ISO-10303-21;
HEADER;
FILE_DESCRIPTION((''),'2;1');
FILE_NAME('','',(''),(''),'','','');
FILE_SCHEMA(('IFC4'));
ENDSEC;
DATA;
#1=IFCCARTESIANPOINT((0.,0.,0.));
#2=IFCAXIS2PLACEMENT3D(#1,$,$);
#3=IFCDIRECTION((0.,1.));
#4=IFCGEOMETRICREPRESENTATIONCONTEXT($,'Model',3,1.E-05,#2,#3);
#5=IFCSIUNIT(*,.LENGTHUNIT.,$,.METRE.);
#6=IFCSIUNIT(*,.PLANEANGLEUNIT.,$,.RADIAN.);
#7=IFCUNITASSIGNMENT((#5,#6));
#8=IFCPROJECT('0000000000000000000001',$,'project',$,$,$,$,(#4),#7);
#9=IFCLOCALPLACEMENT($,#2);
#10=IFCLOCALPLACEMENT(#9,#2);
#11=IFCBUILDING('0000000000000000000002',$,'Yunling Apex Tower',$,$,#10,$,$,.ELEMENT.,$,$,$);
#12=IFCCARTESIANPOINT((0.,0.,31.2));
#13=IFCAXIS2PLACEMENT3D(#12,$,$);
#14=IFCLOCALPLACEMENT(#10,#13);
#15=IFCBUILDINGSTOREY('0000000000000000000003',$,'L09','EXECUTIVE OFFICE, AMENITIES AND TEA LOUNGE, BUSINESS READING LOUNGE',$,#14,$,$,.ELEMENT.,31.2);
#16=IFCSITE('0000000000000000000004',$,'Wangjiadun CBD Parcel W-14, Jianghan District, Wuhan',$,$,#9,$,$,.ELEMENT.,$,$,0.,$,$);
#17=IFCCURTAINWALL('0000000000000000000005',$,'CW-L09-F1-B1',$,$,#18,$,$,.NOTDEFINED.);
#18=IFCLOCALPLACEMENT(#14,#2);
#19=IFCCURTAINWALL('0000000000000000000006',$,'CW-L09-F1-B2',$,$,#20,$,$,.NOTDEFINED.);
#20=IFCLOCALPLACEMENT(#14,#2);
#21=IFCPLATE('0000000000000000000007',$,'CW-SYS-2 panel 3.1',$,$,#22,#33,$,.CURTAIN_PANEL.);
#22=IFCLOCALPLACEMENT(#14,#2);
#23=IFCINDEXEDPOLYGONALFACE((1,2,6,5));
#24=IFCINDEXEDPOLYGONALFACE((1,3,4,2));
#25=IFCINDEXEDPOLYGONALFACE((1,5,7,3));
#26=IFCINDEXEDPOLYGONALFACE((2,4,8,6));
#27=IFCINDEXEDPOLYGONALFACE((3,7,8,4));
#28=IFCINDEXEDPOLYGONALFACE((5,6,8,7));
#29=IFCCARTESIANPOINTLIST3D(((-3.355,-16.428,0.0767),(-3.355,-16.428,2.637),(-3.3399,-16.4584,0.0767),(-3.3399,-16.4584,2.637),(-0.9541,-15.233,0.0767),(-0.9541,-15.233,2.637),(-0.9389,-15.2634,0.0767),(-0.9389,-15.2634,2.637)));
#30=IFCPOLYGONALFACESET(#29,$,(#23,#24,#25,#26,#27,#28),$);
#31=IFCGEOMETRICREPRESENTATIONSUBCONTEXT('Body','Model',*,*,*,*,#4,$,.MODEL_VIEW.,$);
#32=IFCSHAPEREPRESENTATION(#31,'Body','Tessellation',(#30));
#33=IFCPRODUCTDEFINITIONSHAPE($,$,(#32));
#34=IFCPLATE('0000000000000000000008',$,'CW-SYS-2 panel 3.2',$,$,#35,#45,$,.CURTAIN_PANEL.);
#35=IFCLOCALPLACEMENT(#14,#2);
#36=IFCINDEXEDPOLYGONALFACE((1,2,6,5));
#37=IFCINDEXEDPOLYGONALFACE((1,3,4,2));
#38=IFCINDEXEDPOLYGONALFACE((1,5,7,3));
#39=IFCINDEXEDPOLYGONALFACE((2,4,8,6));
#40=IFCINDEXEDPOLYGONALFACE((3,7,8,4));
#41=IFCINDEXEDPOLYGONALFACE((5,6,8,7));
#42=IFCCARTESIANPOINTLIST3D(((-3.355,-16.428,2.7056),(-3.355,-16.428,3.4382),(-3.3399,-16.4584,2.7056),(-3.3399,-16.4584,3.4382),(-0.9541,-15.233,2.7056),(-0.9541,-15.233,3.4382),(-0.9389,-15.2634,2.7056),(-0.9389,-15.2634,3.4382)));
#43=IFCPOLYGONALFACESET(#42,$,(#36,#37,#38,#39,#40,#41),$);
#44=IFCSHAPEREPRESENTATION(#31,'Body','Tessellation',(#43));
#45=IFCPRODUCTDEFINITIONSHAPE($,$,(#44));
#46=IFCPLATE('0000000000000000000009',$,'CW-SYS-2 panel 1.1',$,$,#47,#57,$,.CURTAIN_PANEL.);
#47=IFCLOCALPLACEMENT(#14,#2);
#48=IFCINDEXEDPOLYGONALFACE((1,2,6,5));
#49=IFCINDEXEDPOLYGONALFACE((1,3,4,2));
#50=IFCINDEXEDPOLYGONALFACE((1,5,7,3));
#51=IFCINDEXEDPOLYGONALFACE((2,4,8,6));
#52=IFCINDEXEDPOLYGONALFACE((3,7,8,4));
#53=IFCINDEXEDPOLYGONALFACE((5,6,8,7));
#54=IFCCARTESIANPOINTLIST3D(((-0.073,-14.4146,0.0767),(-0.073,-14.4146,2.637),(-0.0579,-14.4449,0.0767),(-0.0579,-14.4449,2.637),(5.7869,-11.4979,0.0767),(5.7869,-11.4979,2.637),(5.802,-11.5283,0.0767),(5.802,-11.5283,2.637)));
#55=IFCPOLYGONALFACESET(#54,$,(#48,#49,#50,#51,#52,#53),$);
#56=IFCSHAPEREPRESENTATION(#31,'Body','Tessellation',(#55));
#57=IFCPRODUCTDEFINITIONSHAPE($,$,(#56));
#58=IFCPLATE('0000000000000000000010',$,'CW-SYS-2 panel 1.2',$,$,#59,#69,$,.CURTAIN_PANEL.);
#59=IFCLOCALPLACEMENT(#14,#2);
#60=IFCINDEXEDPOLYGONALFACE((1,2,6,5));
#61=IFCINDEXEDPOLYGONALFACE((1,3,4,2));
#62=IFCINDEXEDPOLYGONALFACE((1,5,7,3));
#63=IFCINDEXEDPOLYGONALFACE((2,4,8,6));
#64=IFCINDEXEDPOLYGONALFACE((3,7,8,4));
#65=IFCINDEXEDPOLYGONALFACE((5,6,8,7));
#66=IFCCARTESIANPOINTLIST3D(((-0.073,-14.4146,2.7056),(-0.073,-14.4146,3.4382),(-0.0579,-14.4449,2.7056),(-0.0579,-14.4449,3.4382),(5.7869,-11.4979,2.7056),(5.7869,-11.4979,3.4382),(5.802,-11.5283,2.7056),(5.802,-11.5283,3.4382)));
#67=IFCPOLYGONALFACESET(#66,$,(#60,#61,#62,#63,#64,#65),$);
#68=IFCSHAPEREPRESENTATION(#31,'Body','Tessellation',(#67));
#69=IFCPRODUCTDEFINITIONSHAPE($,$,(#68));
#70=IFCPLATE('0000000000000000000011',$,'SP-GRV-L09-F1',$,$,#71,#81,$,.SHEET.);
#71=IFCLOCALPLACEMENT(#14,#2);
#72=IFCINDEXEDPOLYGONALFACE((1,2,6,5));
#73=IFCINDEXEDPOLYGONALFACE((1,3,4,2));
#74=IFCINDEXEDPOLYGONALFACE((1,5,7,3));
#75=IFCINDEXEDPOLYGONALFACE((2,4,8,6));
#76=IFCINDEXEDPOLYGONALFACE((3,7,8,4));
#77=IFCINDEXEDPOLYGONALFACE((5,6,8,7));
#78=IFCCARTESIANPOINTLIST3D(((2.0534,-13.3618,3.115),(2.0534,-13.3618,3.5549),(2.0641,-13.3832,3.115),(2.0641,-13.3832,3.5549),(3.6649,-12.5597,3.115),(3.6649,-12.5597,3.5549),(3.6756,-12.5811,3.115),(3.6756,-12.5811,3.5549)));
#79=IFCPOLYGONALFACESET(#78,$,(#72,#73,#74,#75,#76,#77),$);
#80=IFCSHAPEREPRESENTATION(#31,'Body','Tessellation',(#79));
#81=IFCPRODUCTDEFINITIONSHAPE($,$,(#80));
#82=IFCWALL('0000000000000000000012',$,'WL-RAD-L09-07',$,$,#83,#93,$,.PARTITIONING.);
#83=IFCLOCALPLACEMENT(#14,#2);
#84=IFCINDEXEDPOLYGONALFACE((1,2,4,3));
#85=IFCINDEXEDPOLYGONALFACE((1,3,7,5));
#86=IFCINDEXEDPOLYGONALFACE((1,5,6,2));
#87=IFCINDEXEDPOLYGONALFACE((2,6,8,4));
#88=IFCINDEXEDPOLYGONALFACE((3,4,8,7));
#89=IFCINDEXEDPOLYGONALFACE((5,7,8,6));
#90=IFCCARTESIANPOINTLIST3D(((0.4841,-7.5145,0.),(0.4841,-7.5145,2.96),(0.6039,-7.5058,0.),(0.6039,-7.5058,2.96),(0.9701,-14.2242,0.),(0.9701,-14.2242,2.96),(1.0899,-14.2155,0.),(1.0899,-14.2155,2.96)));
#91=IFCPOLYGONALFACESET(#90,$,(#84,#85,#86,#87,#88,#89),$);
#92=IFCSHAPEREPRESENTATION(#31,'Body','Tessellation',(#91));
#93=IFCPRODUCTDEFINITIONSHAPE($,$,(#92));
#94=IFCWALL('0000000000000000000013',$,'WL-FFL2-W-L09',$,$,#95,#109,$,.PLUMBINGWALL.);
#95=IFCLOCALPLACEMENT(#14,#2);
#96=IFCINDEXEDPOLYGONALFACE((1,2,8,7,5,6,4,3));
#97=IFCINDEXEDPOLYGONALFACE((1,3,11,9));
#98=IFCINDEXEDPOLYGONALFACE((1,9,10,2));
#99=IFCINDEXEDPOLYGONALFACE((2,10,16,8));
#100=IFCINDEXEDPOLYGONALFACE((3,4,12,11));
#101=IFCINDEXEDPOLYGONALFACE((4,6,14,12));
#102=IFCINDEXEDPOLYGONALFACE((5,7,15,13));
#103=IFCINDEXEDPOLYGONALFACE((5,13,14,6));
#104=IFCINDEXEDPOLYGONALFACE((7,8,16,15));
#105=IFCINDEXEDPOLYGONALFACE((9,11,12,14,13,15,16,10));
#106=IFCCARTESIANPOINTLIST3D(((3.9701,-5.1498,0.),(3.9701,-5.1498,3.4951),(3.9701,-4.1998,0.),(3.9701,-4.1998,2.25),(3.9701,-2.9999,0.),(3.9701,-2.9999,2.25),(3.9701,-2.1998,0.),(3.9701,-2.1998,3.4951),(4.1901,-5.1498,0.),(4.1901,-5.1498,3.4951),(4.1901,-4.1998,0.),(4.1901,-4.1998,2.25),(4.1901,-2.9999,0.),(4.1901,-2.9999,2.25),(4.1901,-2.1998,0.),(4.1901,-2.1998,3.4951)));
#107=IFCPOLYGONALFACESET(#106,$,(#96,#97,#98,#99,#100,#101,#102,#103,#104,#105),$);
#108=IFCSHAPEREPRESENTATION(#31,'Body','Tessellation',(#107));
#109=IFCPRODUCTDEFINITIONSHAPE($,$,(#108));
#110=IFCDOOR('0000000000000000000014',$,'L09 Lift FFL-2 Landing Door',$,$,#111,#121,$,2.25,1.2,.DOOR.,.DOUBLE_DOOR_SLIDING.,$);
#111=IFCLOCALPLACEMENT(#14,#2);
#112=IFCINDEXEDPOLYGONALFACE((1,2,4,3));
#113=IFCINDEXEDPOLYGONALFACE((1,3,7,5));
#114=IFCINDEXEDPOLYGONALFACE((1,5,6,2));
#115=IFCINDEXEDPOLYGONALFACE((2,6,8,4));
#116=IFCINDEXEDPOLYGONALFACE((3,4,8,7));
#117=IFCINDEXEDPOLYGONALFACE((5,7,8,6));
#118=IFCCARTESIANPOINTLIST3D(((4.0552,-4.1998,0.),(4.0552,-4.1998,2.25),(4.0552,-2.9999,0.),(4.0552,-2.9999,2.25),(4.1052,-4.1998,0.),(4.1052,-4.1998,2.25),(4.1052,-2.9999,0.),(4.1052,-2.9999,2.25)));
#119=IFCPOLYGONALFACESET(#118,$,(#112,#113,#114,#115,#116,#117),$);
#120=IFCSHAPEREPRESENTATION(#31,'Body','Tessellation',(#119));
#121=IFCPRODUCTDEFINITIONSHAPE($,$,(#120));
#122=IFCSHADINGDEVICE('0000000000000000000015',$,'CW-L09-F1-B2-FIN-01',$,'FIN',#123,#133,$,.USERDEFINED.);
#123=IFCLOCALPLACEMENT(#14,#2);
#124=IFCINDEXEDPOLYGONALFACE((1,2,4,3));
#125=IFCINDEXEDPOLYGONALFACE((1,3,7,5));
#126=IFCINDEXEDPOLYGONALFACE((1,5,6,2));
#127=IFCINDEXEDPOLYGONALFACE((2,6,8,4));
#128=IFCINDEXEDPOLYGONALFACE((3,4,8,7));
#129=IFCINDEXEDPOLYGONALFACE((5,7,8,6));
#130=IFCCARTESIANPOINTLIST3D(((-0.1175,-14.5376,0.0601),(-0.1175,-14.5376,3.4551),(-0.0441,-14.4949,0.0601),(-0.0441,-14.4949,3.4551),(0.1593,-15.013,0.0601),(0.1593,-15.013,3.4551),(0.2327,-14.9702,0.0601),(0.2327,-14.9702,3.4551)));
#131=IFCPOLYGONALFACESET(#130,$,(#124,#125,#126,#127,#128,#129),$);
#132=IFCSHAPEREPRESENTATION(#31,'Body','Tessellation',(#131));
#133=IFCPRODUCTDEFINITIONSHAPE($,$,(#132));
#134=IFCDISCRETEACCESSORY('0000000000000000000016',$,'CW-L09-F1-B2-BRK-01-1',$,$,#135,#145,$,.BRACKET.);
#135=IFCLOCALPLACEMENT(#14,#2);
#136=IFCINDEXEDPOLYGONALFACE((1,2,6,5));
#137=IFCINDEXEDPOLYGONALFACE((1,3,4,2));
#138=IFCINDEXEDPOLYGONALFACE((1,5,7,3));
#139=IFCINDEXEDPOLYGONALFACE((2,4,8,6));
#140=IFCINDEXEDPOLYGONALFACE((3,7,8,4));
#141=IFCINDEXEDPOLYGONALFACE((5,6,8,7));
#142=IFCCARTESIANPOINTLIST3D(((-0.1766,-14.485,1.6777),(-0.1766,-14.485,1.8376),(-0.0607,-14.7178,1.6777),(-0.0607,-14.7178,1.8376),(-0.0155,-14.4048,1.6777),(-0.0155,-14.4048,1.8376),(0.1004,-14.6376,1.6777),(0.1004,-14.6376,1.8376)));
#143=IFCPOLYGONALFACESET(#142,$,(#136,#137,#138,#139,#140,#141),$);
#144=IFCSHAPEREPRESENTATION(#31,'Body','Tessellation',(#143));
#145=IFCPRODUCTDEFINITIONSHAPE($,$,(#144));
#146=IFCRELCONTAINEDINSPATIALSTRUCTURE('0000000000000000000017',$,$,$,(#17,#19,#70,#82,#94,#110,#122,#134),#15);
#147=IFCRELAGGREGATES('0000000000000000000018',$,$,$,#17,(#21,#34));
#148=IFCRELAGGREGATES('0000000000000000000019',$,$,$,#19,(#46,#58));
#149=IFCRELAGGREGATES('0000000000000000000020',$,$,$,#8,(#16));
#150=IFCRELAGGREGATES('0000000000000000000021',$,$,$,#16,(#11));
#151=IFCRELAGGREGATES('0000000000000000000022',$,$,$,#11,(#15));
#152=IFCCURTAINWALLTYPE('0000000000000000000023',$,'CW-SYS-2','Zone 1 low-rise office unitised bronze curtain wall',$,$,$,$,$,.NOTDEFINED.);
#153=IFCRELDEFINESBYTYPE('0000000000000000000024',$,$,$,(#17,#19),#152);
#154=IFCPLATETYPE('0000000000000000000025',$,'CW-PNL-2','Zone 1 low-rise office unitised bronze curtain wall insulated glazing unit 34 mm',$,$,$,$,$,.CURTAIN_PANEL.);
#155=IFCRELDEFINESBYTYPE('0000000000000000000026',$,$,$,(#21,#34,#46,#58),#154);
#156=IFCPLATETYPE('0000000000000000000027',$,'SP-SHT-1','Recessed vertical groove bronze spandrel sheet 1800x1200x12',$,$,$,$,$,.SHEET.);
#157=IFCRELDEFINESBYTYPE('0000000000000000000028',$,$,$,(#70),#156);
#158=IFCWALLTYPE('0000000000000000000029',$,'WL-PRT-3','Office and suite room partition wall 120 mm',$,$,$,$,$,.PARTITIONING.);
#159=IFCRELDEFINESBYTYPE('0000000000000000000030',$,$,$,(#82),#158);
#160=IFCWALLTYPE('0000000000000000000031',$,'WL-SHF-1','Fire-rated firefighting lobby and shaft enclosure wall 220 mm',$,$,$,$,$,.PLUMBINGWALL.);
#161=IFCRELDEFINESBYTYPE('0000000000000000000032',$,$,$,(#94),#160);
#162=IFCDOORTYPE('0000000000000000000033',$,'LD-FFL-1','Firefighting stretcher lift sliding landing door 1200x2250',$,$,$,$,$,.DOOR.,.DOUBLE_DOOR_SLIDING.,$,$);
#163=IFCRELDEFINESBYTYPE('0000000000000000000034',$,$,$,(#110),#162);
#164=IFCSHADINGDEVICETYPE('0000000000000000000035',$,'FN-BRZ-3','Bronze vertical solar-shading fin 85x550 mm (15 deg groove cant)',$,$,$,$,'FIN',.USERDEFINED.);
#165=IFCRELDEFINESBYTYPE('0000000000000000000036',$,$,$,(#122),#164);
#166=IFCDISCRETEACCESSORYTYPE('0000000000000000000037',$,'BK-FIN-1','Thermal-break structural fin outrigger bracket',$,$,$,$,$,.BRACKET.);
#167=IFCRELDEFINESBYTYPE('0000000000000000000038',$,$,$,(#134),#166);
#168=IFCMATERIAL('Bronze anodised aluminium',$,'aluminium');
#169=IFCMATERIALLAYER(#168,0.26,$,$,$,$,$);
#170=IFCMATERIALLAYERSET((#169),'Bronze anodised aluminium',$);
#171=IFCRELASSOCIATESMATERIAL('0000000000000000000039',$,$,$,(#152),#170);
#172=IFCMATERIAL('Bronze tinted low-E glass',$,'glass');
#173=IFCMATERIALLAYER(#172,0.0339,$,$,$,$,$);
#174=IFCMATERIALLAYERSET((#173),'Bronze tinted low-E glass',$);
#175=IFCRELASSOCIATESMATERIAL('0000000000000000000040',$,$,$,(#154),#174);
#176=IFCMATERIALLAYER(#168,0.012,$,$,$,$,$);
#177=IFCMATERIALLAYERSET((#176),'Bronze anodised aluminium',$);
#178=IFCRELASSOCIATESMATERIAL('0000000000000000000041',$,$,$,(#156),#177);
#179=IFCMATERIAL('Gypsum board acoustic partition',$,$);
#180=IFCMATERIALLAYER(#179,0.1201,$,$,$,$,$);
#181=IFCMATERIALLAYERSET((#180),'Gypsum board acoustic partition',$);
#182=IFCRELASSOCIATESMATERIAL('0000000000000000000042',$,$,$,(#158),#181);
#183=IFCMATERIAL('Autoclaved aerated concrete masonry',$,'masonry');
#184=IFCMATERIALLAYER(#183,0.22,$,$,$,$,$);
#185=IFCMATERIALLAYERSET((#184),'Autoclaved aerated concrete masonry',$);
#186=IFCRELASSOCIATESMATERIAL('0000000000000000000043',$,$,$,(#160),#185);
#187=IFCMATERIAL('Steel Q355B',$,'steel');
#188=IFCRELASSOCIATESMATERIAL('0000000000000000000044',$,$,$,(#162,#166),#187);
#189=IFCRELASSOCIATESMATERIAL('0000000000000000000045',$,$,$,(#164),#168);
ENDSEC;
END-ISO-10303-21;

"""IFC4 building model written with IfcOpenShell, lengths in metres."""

from ifc_helpers import new_model, si_unit, direction, frame, frame_2d, origin, origin_2d, place, context, subcontext, project, spatial, rectangle, extrude, source, transform, mapped, material, layer, layer_set, material_profile, profile_set, type_object, element, fill, aggregate, save


model = new_model("IFC4")

# Units and contexts
model_context = context("Model", 3, precision=1e-05, world=origin(), true_north=direction((0.0, 1.0)))
body_context = subcontext(model_context, "Body", "Model", "MODEL_VIEW")
ifc_project = project(units=[si_unit("LENGTHUNIT", "METRE"), si_unit("PLANEANGLEUNIT", "RADIAN")], contexts=[model_context])

# Site, building, storey
site_placement = place(None, origin())
site = spatial("IfcSite", under=ifc_project, at=site_placement, Name="Wangjiadun CBD Parcel W-14, Jianghan District, Wuhan", CompositionType="ELEMENT", RefElevation=0.0)
building_placement = place(site_placement, origin())
building = spatial("IfcBuilding", under=site, at=building_placement, Name="Yunling Apex Tower", CompositionType="ELEMENT")
storey_placement = place(building_placement, frame((0.0, 0.0, 31.2)))
storey = spatial("IfcBuildingStorey", under=building, at=storey_placement, Name="L09", Description="EXECUTIVE OFFICE, AMENITIES AND TEA LOUNGE, BUSINESS READING LOUNGE", CompositionType="ELEMENT", Elevation=31.2)

# Shared definitions
ifc_material_1 = material(Name="Steel Q355B", Category="steel")

# Curtain wall
ifc_material_2 = material(Name="Bronze anodised aluminium", Category="aluminium")
ifc_layer_1 = layer(ifc_material_2, 0.26)
ifc_layer_set_1 = layer_set([ifc_layer_1], Name="Bronze anodised aluminium")
curtain_wall_type = type_object("IfcCurtainWallType", Name="CW-SYS-2", Description="Zone 1 low-rise office unitised bronze curtain wall", PredefinedType="NOTDEFINED", material=ifc_layer_set_1)
curtain_wall_1_placement = place(storey_placement, origin())
curtain_wall_1 = element("IfcCurtainWall", 1, at=curtain_wall_1_placement, inside=storey, type_object=curtain_wall_type, Name="CW-L09-F1-B1", PredefinedType="NOTDEFINED")

# Curtain wall
curtain_wall_2_placement = place(storey_placement, origin())
curtain_wall_2 = element("IfcCurtainWall", 2, at=curtain_wall_2_placement, inside=storey, type_object=curtain_wall_type, Name="CW-L09-F1-B2", PredefinedType="NOTDEFINED")

# Plates
ifc_material_3 = material(Name="Bronze tinted low-E glass", Category="glass")
ifc_layer_2 = layer(ifc_material_3, 0.0339)
ifc_layer_set_2 = layer_set([ifc_layer_2], Name="Bronze tinted low-E glass")
plate_type_1 = type_object("IfcPlateType", Name="CW-PNL-2", Description="Zone 1 low-rise office unitised bronze curtain wall insulated glazing unit 34 mm", PredefinedType="CURTAIN_PANEL", material=ifc_layer_set_2)
shared_shape_1 = source(origin(), body_context, "Body", "SweptSolid", [
    extrude(rectangle(XDim=2.6819, YDim=0.0339, at=origin_2d()), origin(), (0.0, 0.0, 1.0), 2.5603),
])
plate_1_placement = place(storey_placement, frame((-2.147, -15.8457, 0.0767), z_axis=(0.0, 0.0, 1.0), x_axis=(0.895247, 0.445571, 0.0)))
plate_1 = element("IfcPlate", 3, at=plate_1_placement, type_object=plate_type_1, Name="CW-SYS-2 panel 3.1", PredefinedType="CURTAIN_PANEL", context=body_context, shape_type="MappedRepresentation", body=[
    mapped(shared_shape_1, transform((0.0, 0.0, 0.0), scale=1.0)),
])
shared_shape_2 = source(origin(), body_context, "Body", "SweptSolid", [
    extrude(rectangle(XDim=2.6819, YDim=0.0339, at=origin_2d()), origin(), (0.0, 0.0, 1.0), 0.7327),
])
plate_2_placement = place(storey_placement, frame((-2.147, -15.8457, 2.7056), z_axis=(0.0, 0.0, 1.0), x_axis=(0.895247, 0.445571, 0.0)))
plate_2 = element("IfcPlate", 4, at=plate_2_placement, type_object=plate_type_1, Name="CW-SYS-2 panel 3.2", PredefinedType="CURTAIN_PANEL", context=body_context, shape_type="MappedRepresentation", body=[
    mapped(shared_shape_2, transform((0.0, 0.0, 0.0), scale=1.0)),
])
aggregate(curtain_wall_1, [plate_1, plate_2])
shared_shape_3 = source(origin(), body_context, "Body", "SweptSolid", [
    extrude(rectangle(XDim=6.5457, YDim=0.0339, at=origin_2d()), origin(), (0.0, 0.0, 1.0), 2.5603),
])
plate_3_placement = place(storey_placement, frame((2.8645, -12.9714, 0.0767), z_axis=(0.0, 0.0, 1.0), x_axis=(0.895241, 0.445583, 0.0)))
plate_3 = element("IfcPlate", 5, at=plate_3_placement, type_object=plate_type_1, Name="CW-SYS-2 panel 1.1", PredefinedType="CURTAIN_PANEL", context=body_context, shape_type="MappedRepresentation", body=[
    mapped(shared_shape_3, transform((0.0, 0.0, 0.0), scale=1.0)),
])
shared_shape_4 = source(origin(), body_context, "Body", "SweptSolid", [
    extrude(rectangle(XDim=6.5457, YDim=0.0339, at=origin_2d()), origin(), (0.0, 0.0, 1.0), 0.7327),
])
plate_4_placement = place(storey_placement, frame((2.8645, -12.9714, 2.7056), z_axis=(0.0, 0.0, 1.0), x_axis=(0.895241, 0.445583, 0.0)))
plate_4 = element("IfcPlate", 6, at=plate_4_placement, type_object=plate_type_1, Name="CW-SYS-2 panel 1.2", PredefinedType="CURTAIN_PANEL", context=body_context, shape_type="MappedRepresentation", body=[
    mapped(shared_shape_4, transform((0.0, 0.0, 0.0), scale=1.0)),
])
aggregate(curtain_wall_2, [plate_3, plate_4])
ifc_layer_3 = layer(ifc_material_2, 0.012)
ifc_layer_set_3 = layer_set([ifc_layer_3], Name="Bronze anodised aluminium")
plate_type_2 = type_object("IfcPlateType", Name="SP-SHT-1", Description="Recessed vertical groove bronze spandrel sheet 1800x1200x12", PredefinedType="SHEET", material=ifc_layer_set_3)
shared_shape_5 = source(origin(), body_context, "Body", "SweptSolid", [
    extrude(rectangle(XDim=1.8, YDim=0.0239, at=origin_2d()), origin(), (0.0, 0.0, 1.0), 0.4399),
])
plate_5_placement = place(storey_placement, frame((2.8645, -12.9714, 3.115), z_axis=(0.0, 0.0, 1.0), x_axis=(0.895246, 0.445573, 0.0)))
element("IfcPlate", 7, at=plate_5_placement, inside=storey, type_object=plate_type_2, Name="SP-GRV-L09-F1", PredefinedType="SHEET", context=body_context, shape_type="MappedRepresentation", body=[
    mapped(shared_shape_5, transform((0.0, 0.0, 0.0), scale=1.0)),
])

# Wall
ifc_material_4 = material(Name="Gypsum board acoustic partition")
ifc_layer_4 = layer(ifc_material_4, 0.1201)
ifc_layer_set_4 = layer_set([ifc_layer_4], Name="Gypsum board acoustic partition")
wall_type_1 = type_object("IfcWallType", Name="WL-PRT-3", Description="Office and suite room partition wall 120 mm", PredefinedType="PARTITIONING", material=ifc_layer_set_4)
wall_1_placement = place(storey_placement, frame((0.5439, -7.51, 0.0), z_axis=(0.0, 0.0, 1.0), x_axis=(0.072255, -0.997386, 0.0)))
element("IfcWall", 8, at=wall_1_placement, inside=storey, type_object=wall_type_1, Name="WL-RAD-L09-07", PredefinedType="PARTITIONING", context=body_context, shape_type="SweptSolid", body=[
    extrude(rectangle(XDim=6.7273, YDim=0.1201, at=frame_2d((3.3638, 0.0))), origin(), (0.0, 0.0, 1.0), 2.96),
])

# Wall, opening, door
ifc_material_5 = material(Name="Autoclaved aerated concrete masonry", Category="masonry")
ifc_layer_5 = layer(ifc_material_5, 0.22)
ifc_layer_set_5 = layer_set([ifc_layer_5], Name="Autoclaved aerated concrete masonry")
wall_type_2 = type_object("IfcWallType", Name="WL-SHF-1", Description="Fire-rated firefighting lobby and shaft enclosure wall 220 mm", PredefinedType="PLUMBINGWALL", material=ifc_layer_set_5)
wall_2_placement = place(storey_placement, frame((4.0801, -5.1499, 0.0), z_axis=(0.0, 0.0, 1.0), x_axis=(0.0, 1.0, 0.0)))
wall_2 = element("IfcWall", 9, at=wall_2_placement, inside=storey, type_object=wall_type_2, Name="WL-FFL2-W-L09", PredefinedType="PLUMBINGWALL", context=body_context, shape_type="SweptSolid", body=[
    extrude(rectangle(XDim=2.95, YDim=0.22, at=frame_2d((1.4751, 0.0))), origin(), (0.0, 0.0, 1.0), 3.4951),
])
opening_placement = place(wall_2_placement, frame((0.95, 0.0, 0.0)))
opening = element("IfcOpeningElement", 10, at=opening_placement, cuts=wall_2, PredefinedType="OPENING", context=body_context, shape_type="SweptSolid", body=[
    extrude(rectangle(XDim=1.2, YDim=2.25, at=frame_2d((0.6001, 1.125))), frame((0.0, 0.1201, 0.0), z_axis=(0.0, -1.0, 0.0), x_axis=(1.0, 0.0, 0.0)), (0.0, 0.0, 1.0), 0.24),
])
door_type = type_object("IfcDoorType", Name="LD-FFL-1", Description="Firefighting stretcher lift sliding landing door 1200x2250", OperationType="DOUBLE_DOOR_SLIDING", PredefinedType="DOOR", material=ifc_material_1)
door_placement = place(opening_placement, origin())
door = element("IfcDoor", 11, at=door_placement, inside=storey, type_object=door_type, Name="L09 Lift FFL-2 Landing Door", OperationType="DOUBLE_DOOR_SLIDING", OverallHeight=2.25, OverallWidth=1.2, PredefinedType="DOOR", context=body_context, shape_type="SweptSolid", body=[
    extrude(rectangle(XDim=1.2, YDim=2.25, at=frame_2d((0.6001, 1.125))), frame((0.0, 0.0249, 0.0), z_axis=(0.0, -1.0, 0.0), x_axis=(1.0, 0.0, 0.0)), (0.0, 0.0, 1.0), 0.05),
])
fill(opening, door)

# Shading device
ifc_material_profile_1 = material_profile(ifc_material_2, rectangle(XDim=0.085, YDim=0.55, at=origin_2d()))
ifc_profile_set_1 = profile_set([ifc_material_profile_1], Name="Bronze anodised aluminium")
shading_device_type = type_object("IfcShadingDeviceType", Name="FN-BRZ-3", Description="Bronze vertical solar-shading fin 85x550 mm (15 deg groove cant)", ElementType="FIN", PredefinedType="USERDEFINED", material=ifc_profile_set_1)
shared_shape_6 = source(origin(), body_context, "Body", "SweptSolid", [
    extrude(rectangle(XDim=0.085, YDim=0.55, at=origin_2d()), origin(), (0.0, 0.0, 1.0), 3.395),
])
shading_device_placement = place(storey_placement, frame((0.0576, -14.7539, 0.0601), z_axis=(0.0, 0.0, 1.0), x_axis=(0.864187, 0.503171, 0.0)))
element("IfcShadingDevice", 12, at=shading_device_placement, inside=storey, type_object=shading_device_type, Name="CW-L09-F1-B2-FIN-01", ObjectType="FIN", PredefinedType="USERDEFINED", context=body_context, shape_type="MappedRepresentation", body=[
    mapped(shared_shape_6, transform((0.0, 0.0, 0.0), scale=1.0)),
])

# Discrete accessory
discrete_accessory_type = type_object("IfcDiscreteAccessoryType", Name="BK-FIN-1", Description="Thermal-break structural fin outrigger bracket", PredefinedType="BRACKET", material=ifc_material_1)
shared_shape_7 = source(origin(), body_context, "Body", "SweptSolid", [
    extrude(rectangle(XDim=0.1799, YDim=0.26, at=origin_2d()), origin(), (0.0, 0.0, 1.0), 0.1599),
])
discrete_accessory_placement = place(storey_placement, frame((-0.0381, -14.5613, 1.6777), z_axis=(0.0, 0.0, 1.0), x_axis=(0.895246, 0.445573, 0.0)))
element("IfcDiscreteAccessory", 13, at=discrete_accessory_placement, inside=storey, type_object=discrete_accessory_type, Name="CW-L09-F1-B2-BRK-01-1", PredefinedType="BRACKET", context=body_context, shape_type="MappedRepresentation", body=[
    mapped(shared_shape_7, transform((0.0, 0.0, 0.0), scale=1.0)),
])

save(model, "model.ifc")
